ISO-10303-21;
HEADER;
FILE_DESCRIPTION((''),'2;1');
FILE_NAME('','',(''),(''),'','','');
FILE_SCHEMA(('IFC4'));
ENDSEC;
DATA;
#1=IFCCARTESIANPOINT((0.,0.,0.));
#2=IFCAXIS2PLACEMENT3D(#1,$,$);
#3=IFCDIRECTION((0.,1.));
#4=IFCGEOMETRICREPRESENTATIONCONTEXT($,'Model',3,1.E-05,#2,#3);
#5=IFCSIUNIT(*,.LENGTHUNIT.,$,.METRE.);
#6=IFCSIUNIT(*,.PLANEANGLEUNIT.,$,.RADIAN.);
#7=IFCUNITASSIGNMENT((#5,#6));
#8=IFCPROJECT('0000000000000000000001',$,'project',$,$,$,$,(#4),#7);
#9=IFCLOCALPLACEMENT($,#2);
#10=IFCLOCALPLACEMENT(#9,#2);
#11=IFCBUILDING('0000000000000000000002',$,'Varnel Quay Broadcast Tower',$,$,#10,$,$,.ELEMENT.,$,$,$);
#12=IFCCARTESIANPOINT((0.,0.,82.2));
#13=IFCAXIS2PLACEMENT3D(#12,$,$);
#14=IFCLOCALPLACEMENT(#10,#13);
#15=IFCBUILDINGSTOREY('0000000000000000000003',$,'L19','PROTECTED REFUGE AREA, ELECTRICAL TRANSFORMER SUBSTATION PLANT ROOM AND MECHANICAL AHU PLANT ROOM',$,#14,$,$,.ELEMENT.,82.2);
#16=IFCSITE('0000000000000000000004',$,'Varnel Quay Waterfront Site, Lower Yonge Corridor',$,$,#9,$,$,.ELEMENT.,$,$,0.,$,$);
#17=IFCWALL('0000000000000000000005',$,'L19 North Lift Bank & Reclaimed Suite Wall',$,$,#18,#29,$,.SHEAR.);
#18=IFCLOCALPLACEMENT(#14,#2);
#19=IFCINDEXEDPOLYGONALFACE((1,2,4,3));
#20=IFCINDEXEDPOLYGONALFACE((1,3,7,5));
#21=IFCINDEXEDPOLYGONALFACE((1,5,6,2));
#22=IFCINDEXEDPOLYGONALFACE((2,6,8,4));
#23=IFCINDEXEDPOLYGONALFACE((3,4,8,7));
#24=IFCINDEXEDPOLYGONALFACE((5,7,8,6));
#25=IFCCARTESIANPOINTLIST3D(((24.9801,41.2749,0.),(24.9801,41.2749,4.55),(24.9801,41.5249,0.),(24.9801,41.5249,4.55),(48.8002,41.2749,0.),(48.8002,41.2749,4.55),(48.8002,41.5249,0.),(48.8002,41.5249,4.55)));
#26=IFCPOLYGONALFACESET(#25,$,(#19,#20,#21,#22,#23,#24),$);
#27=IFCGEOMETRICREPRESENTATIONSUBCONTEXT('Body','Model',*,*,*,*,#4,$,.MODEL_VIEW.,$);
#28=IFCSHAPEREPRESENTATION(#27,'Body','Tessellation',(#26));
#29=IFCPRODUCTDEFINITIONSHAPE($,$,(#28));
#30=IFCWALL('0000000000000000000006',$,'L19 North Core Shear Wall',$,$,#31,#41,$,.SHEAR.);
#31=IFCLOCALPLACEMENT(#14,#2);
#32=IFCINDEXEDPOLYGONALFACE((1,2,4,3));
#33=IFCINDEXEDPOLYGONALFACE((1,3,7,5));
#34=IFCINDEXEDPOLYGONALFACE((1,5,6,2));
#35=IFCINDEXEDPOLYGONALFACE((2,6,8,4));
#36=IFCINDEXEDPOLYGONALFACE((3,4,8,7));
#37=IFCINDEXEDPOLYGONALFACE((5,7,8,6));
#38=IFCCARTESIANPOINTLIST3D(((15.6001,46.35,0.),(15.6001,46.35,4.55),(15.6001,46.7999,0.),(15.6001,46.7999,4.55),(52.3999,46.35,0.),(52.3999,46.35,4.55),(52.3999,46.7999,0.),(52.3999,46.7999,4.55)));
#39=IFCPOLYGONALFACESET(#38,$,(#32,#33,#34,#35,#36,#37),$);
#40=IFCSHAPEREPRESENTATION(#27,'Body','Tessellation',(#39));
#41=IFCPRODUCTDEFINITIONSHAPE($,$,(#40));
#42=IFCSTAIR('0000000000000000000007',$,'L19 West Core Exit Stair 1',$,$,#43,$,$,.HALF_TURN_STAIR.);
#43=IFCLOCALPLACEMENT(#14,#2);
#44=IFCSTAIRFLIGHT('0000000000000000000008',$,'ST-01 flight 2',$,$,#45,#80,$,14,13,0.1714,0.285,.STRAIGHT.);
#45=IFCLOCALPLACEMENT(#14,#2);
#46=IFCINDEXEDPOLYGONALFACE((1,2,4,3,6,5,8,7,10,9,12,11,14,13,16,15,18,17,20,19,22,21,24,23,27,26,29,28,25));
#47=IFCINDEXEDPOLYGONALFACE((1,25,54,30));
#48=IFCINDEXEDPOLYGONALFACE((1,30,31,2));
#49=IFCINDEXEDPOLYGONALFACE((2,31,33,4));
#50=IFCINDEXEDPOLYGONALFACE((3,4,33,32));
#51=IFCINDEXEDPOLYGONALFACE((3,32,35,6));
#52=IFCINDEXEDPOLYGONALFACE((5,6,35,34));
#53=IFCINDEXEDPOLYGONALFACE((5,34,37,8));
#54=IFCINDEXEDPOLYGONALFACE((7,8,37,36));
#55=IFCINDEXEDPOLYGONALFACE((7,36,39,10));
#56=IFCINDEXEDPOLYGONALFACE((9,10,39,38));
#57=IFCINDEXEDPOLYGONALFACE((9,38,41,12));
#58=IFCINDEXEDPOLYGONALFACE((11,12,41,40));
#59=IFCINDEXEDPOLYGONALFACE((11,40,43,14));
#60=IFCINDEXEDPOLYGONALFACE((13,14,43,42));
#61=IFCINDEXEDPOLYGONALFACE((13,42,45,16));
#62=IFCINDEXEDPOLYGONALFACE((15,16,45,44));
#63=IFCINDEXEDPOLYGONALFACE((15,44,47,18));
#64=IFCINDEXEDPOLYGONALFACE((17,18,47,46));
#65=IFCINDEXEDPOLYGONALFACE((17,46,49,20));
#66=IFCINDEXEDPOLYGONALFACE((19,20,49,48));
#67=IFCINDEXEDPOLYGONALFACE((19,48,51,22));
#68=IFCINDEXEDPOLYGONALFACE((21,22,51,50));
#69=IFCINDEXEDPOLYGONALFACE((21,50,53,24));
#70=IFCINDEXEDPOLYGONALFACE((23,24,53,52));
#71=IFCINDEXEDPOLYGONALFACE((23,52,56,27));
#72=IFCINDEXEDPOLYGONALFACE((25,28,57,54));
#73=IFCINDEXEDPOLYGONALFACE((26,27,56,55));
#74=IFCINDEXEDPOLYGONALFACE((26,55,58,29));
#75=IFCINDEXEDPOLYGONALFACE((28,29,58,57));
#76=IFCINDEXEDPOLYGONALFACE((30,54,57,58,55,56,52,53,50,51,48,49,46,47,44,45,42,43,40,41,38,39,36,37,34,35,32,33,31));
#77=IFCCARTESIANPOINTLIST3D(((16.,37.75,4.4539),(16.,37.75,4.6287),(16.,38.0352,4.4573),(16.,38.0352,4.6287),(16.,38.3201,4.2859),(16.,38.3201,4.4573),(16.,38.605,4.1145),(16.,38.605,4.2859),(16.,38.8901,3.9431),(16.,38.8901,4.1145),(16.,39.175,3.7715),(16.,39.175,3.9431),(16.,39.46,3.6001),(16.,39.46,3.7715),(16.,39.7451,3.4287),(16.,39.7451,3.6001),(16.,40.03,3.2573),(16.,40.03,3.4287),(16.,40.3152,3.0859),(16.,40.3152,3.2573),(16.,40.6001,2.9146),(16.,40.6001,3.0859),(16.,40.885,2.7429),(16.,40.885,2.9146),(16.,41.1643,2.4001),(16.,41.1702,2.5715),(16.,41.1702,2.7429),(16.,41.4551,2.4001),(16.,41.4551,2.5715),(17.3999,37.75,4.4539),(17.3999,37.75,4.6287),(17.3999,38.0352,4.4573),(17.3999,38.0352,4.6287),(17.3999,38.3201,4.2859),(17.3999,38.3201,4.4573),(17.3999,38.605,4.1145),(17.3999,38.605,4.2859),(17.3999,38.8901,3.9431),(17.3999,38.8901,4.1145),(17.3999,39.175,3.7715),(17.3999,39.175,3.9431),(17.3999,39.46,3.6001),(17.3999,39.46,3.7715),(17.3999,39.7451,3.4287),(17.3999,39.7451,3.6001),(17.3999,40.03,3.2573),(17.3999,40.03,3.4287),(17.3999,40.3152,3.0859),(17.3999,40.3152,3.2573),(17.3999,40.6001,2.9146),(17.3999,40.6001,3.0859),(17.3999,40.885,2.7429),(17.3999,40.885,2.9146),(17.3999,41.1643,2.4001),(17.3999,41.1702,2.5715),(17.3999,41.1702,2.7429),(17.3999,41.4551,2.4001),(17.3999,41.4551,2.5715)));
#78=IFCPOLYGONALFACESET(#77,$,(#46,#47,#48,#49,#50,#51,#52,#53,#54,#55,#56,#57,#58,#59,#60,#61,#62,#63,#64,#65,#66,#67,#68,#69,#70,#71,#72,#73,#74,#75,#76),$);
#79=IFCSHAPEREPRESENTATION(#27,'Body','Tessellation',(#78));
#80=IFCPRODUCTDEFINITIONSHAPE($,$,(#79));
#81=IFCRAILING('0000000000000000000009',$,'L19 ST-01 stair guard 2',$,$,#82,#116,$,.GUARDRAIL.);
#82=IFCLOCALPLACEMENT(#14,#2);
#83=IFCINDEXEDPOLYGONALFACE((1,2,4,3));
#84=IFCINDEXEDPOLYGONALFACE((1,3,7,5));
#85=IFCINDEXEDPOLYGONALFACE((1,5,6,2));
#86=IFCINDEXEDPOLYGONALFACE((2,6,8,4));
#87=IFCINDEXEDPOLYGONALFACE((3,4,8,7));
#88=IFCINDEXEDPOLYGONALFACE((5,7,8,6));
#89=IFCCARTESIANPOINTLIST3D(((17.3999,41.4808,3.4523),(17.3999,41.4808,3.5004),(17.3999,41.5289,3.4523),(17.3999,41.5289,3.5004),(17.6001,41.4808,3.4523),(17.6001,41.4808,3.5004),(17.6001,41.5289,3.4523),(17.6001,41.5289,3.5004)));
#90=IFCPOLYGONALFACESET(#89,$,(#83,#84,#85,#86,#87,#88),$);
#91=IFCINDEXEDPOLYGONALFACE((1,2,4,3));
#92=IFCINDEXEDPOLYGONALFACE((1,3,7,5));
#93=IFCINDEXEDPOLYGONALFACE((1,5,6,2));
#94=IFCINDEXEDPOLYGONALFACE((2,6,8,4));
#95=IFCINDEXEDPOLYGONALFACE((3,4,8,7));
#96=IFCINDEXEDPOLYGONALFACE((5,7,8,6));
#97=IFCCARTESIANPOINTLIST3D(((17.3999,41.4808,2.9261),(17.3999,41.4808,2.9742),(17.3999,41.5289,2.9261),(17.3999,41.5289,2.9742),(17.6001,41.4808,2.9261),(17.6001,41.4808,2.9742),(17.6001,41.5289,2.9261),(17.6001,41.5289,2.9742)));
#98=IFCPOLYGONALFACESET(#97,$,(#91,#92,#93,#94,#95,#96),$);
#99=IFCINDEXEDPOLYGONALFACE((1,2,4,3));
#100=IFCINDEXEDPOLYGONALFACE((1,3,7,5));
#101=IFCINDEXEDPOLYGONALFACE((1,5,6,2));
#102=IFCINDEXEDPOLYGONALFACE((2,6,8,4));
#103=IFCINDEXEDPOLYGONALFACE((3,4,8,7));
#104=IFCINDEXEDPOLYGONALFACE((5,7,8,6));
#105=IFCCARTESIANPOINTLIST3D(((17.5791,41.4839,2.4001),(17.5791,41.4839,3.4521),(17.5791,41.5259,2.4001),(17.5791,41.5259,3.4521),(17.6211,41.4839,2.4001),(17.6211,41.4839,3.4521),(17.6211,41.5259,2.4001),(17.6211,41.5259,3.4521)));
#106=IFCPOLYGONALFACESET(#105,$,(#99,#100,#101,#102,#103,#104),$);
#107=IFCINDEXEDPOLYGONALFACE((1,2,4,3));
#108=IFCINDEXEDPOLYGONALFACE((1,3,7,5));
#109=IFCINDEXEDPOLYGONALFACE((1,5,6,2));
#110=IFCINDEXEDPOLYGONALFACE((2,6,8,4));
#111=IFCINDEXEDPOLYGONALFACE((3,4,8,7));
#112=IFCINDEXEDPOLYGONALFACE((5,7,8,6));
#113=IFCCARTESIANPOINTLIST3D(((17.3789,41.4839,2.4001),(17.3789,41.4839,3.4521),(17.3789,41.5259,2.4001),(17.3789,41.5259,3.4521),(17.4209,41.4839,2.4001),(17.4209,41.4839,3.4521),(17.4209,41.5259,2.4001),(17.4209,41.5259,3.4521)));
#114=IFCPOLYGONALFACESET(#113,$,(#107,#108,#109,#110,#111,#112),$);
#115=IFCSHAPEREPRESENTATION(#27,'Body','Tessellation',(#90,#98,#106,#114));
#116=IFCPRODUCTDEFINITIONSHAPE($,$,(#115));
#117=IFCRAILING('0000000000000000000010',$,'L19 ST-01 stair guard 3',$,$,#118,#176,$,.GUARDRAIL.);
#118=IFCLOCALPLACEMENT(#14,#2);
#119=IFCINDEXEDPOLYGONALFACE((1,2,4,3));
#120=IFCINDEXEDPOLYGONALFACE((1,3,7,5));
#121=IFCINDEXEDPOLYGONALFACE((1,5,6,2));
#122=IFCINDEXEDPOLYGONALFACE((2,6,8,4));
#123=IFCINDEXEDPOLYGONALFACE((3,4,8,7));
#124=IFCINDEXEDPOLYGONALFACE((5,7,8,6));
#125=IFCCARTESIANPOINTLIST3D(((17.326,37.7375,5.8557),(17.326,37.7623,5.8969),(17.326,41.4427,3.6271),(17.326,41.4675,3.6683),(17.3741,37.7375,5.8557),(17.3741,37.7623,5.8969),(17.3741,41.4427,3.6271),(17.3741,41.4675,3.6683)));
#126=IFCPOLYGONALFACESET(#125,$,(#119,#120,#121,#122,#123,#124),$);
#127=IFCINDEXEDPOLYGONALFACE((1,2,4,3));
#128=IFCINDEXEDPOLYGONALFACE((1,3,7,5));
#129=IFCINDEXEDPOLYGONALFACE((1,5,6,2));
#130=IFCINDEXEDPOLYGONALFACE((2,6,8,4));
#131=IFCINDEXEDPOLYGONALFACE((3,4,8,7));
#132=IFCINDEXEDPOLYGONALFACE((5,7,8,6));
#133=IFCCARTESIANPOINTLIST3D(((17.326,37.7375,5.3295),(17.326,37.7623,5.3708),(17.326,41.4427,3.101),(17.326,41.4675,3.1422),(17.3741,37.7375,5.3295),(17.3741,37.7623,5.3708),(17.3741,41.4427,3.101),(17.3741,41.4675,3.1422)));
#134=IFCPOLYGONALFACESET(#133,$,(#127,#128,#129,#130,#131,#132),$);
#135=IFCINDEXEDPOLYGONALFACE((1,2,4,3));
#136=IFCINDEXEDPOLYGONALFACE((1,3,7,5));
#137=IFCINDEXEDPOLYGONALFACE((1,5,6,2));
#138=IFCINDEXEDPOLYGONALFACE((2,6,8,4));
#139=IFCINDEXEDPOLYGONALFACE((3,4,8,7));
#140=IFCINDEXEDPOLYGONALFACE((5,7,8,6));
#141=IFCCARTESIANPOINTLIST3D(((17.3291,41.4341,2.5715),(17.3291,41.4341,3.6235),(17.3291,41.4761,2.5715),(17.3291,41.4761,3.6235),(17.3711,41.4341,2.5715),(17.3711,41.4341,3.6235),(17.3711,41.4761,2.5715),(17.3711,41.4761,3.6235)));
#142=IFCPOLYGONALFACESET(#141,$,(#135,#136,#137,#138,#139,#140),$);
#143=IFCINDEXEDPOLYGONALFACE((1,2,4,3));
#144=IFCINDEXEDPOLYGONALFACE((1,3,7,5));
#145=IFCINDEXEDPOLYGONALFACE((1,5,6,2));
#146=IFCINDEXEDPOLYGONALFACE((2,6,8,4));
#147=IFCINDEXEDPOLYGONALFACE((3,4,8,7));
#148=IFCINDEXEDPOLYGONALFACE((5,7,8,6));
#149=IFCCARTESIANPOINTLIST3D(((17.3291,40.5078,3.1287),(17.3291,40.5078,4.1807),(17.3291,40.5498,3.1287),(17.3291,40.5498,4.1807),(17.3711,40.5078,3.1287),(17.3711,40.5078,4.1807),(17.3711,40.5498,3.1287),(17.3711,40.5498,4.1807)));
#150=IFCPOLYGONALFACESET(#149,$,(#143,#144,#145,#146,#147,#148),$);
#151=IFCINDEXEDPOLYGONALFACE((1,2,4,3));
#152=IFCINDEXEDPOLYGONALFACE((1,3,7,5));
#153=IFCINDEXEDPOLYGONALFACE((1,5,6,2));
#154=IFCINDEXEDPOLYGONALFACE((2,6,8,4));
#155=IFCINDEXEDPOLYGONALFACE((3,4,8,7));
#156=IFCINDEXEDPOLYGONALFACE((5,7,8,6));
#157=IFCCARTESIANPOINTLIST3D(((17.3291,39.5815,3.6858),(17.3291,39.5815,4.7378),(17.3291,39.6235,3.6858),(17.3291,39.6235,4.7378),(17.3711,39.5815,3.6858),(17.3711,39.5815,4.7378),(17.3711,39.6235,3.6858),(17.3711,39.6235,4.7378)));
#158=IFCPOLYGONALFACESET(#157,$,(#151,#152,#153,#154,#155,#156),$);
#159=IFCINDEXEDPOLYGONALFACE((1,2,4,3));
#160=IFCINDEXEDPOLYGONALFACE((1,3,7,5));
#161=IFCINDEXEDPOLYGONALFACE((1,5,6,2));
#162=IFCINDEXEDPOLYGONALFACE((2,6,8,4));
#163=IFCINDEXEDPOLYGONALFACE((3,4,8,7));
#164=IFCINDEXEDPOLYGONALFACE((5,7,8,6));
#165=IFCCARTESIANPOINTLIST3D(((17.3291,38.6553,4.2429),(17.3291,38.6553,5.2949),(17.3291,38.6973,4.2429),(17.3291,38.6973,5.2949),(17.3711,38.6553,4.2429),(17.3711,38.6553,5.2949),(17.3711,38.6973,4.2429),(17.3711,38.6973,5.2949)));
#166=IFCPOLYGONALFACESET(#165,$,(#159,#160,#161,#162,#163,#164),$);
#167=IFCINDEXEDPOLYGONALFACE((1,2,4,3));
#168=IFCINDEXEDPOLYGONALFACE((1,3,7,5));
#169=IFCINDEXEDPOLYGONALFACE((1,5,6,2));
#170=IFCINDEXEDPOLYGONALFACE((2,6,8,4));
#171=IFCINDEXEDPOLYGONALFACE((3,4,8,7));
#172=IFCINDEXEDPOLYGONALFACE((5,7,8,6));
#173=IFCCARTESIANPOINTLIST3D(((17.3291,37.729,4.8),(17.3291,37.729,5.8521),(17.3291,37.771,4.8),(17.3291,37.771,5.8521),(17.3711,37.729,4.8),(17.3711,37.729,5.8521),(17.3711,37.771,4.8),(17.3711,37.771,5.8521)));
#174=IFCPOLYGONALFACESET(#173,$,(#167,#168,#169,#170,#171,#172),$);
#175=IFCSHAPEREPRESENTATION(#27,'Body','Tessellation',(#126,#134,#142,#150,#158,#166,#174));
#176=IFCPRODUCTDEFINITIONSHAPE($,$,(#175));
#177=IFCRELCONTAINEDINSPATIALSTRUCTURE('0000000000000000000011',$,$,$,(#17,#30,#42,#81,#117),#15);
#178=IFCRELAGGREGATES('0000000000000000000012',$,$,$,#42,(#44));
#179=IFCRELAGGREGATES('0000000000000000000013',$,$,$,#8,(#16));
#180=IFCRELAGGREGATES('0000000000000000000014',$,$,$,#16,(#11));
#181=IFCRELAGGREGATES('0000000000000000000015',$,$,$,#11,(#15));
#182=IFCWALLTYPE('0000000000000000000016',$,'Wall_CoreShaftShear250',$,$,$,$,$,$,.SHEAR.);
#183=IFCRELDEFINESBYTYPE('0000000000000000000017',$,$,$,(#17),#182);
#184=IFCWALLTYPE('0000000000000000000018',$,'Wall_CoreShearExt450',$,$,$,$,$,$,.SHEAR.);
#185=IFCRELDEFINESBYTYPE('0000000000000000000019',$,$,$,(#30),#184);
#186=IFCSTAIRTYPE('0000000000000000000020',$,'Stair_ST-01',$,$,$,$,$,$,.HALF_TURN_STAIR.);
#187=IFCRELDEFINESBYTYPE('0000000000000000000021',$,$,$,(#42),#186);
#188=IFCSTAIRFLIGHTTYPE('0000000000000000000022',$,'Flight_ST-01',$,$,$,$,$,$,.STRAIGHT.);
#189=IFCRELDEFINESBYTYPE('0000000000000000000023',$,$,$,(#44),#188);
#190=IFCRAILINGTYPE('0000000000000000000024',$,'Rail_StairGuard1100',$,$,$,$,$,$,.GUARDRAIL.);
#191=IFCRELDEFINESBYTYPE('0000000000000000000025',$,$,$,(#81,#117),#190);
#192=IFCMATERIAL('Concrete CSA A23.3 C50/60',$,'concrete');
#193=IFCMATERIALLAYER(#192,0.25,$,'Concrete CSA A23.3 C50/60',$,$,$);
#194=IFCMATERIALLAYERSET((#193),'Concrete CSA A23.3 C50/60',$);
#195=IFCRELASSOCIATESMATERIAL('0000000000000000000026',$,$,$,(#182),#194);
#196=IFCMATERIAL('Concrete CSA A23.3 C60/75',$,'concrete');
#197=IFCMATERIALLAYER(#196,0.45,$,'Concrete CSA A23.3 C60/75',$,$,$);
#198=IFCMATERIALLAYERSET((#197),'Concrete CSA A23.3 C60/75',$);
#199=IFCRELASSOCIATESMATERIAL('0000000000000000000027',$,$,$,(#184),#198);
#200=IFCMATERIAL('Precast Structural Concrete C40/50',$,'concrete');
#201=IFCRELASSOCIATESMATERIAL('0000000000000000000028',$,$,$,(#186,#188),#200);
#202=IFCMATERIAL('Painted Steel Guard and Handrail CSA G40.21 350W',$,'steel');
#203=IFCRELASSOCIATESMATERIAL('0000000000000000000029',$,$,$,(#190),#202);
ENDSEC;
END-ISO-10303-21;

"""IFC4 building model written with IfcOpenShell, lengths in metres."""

from ifc_helpers import new_model, si_unit, direction, frame, frame_2d, origin, origin_2d, place, context, subcontext, project, spatial, polyline, rectangle, outline, extrude, material, layer, layer_set, type_object, element, aggregate, save


model = new_model("IFC4")

# Units and contexts
model_context = context("Model", 3, precision=1e-05, world=origin(), true_north=direction((0.0, 1.0)))
body_context = subcontext(model_context, "Body", "Model", "MODEL_VIEW")
ifc_project = project(units=[si_unit("LENGTHUNIT", "METRE"), si_unit("PLANEANGLEUNIT", "RADIAN")], contexts=[model_context])

# Site, building, storey
site_placement = place(None, origin())
site = spatial("IfcSite", under=ifc_project, at=site_placement, Name="Varnel Quay Waterfront Site, Lower Yonge Corridor", CompositionType="ELEMENT", RefElevation=0.0)
building_placement = place(site_placement, origin())
building = spatial("IfcBuilding", under=site, at=building_placement, Name="Varnel Quay Broadcast Tower", CompositionType="ELEMENT")
storey_placement = place(building_placement, frame((0.0, 0.0, 82.2)))
storey = spatial("IfcBuildingStorey", under=building, at=storey_placement, Name="L19", Description="PROTECTED REFUGE AREA, ELECTRICAL TRANSFORMER SUBSTATION PLANT ROOM AND MECHANICAL AHU PLANT ROOM", CompositionType="ELEMENT", Elevation=82.2)

# Walls
ifc_material_1 = material(Name="Concrete CSA A23.3 C50/60", Category="concrete")
ifc_layer_1 = layer(ifc_material_1, 0.25, Name="Concrete CSA A23.3 C50/60")
ifc_layer_set_1 = layer_set([ifc_layer_1], Name="Concrete CSA A23.3 C50/60")
wall_type_1 = type_object("IfcWallType", Name="Wall_CoreShaftShear250", PredefinedType="SHEAR", material=ifc_layer_set_1)
wall_1_placement = place(storey_placement, frame((24.98, 41.3999, 0.0), z_axis=(0.0, 0.0, 1.0), x_axis=(1.0, 0.0, 0.0)))
element("IfcWall", 1, at=wall_1_placement, inside=storey, type_object=wall_type_1, Name="L19 North Lift Bank & Reclaimed Suite Wall", PredefinedType="SHEAR", context=body_context, shape_type="SweptSolid", body=[
    extrude(rectangle(XDim=23.8201, YDim=0.25, at=frame_2d((11.9102, 0.0))), origin(), (0.0, 0.0, 1.0), 4.55),
])
ifc_material_2 = material(Name="Concrete CSA A23.3 C60/75", Category="concrete")
ifc_layer_2 = layer(ifc_material_2, 0.45, Name="Concrete CSA A23.3 C60/75")
ifc_layer_set_2 = layer_set([ifc_layer_2], Name="Concrete CSA A23.3 C60/75")
wall_type_2 = type_object("IfcWallType", Name="Wall_CoreShearExt450", PredefinedType="SHEAR", material=ifc_layer_set_2)
wall_2_placement = place(storey_placement, frame((15.6001, 46.575, 0.0), z_axis=(0.0, 0.0, 1.0), x_axis=(1.0, 0.0, 0.0)))
element("IfcWall", 2, at=wall_2_placement, inside=storey, type_object=wall_type_2, Name="L19 North Core Shear Wall", PredefinedType="SHEAR", context=body_context, shape_type="SweptSolid", body=[
    extrude(rectangle(XDim=36.7998, YDim=0.45, at=frame_2d((18.3999, 0.0))), origin(), (0.0, 0.0, 1.0), 4.55),
])

# Stair, stair flight
ifc_material_3 = material(Name="Precast Structural Concrete C40/50", Category="concrete")
stair_type = type_object("IfcStairType", Name="Stair_ST-01", PredefinedType="HALF_TURN_STAIR", material=ifc_material_3)
stair_placement = place(storey_placement, origin())
stair = element("IfcStair", 3, at=stair_placement, inside=storey, type_object=stair_type, Name="L19 West Core Exit Stair 1", PredefinedType="HALF_TURN_STAIR")
stair_flight_type = type_object("IfcStairFlightType", Name="Flight_ST-01", PredefinedType="STRAIGHT", material=ifc_material_3)
stair_flight_placement = place(storey_placement, frame((16.7, 41.4551, 2.4001), z_axis=(0.0, 0.0, 1.0), x_axis=(0.0, -1.0, 0.0)))
stair_flight = element("IfcStairFlight", 4, at=stair_flight_placement, type_object=stair_flight_type, Name="ST-01 flight 2", NumberOfRisers=14, NumberOfTreads=13, PredefinedType="STRAIGHT", RiserHeight=0.1714, TreadLength=0.285, context=body_context, shape_type="SweptSolid", body=[
    extrude(outline(polyline([(0.0, 0.0), (0.0, 0.1714), (0.2849, 0.1714), (0.2849, 0.3428), (0.5701, 0.3428), (0.5701, 0.5144), (0.855, 0.5144), (0.855, 0.6858), (1.1399, 0.6858), (1.1399, 0.8572), (1.425, 0.8572), (1.425, 1.0286), (1.71, 1.0286), (1.71, 1.2), (1.9951, 1.2), (1.9951, 1.3713), (2.28, 1.3713), (2.28, 1.543), (2.5649, 1.543), (2.5649, 1.7144), (2.8501, 1.7144), (2.8501, 1.8857), (3.135, 1.8857), (3.135, 2.0571), (3.4199, 2.0571), (3.4199, 2.2285), (3.7051, 2.2285), (3.7051, 2.3999), (3.7051, 2.0537), (0.2908, 0.0), (0.0, 0.0)])), frame((0.0, 0.7, 0.0), z_axis=(0.0, -1.0, 0.0), x_axis=(1.0, 0.0, 0.0)), (0.0, 0.0, 1.0), 1.3999),
])
aggregate(stair, [stair_flight])

# Railings
ifc_material_4 = material(Name="Painted Steel Guard and Handrail CSA G40.21 350W", Category="steel")
railing_type_1 = type_object("IfcRailingType", Name="Rail_StairGuard1100", PredefinedType="GUARDRAIL", material=ifc_material_4)
railing_1_placement = place(storey_placement, frame((17.6001, 41.5049, 2.4001)))
element("IfcRailing", 5, at=railing_1_placement, inside=storey, type_object=railing_type_1, Name="L19 ST-01 stair guard 2", PredefinedType="GUARDRAIL", context=body_context, shape_type="SweptSolid", body=[
    extrude(rectangle(XDim=0.0481, YDim=0.0481, at=origin_2d()), frame((0.0, 0.0, 1.0762), z_axis=(-1.0, 0.0, 0.0), x_axis=(0.0, -1.0, 0.0)), (0.0, 0.0, 1.0), 0.2002),
    extrude(rectangle(XDim=0.0481, YDim=0.0481, at=origin_2d()), frame((0.0, 0.0, 0.55), z_axis=(-1.0, 0.0, 0.0), x_axis=(0.0, -1.0, 0.0)), (0.0, 0.0, 1.0), 0.2002),
    extrude(rectangle(XDim=0.042, YDim=0.042, at=origin_2d()), origin(), (0.0, 0.0, 1.0), 1.052),
    extrude(rectangle(XDim=0.042, YDim=0.042, at=origin_2d()), frame((-0.2002, 0.0, 0.0)), (0.0, 0.0, 1.0), 1.052),
])
railing_2_placement = place(storey_placement, frame((17.3501, 41.4551, 2.5715)))
element("IfcRailing", 6, at=railing_2_placement, inside=storey, type_object=railing_type_1, Name="L19 ST-01 stair guard 3", PredefinedType="GUARDRAIL", context=body_context, shape_type="SweptSolid", body=[
    extrude(rectangle(XDim=0.0481, YDim=0.0481, at=origin_2d()), frame((0.0, 0.0, 1.0762), z_axis=(0.0, -0.856934, 0.515425), x_axis=(1.0, 0.0, 0.0)), (0.0, 0.0, 1.0), 4.3237),
    extrude(rectangle(XDim=0.0481, YDim=0.0481, at=origin_2d()), frame((0.0, 0.0, 0.55), z_axis=(0.0, -0.856934, 0.515425), x_axis=(1.0, 0.0, 0.0)), (0.0, 0.0, 1.0), 4.3237),
    extrude(rectangle(XDim=0.042, YDim=0.042, at=origin_2d()), origin(), (0.0, 0.0, 1.0), 1.052),
    extrude(rectangle(XDim=0.042, YDim=0.042, at=origin_2d()), frame((0.0, -0.9263, 0.5571)), (0.0, 0.0, 1.0), 1.052),
    extrude(rectangle(XDim=0.042, YDim=0.042, at=origin_2d()), frame((0.0, -1.8525, 1.1143)), (0.0, 0.0, 1.0), 1.052),
    extrude(rectangle(XDim=0.042, YDim=0.042, at=origin_2d()), frame((0.0, -2.7788, 1.6714)), (0.0, 0.0, 1.0), 1.052),
    extrude(rectangle(XDim=0.042, YDim=0.042, at=origin_2d()), frame((0.0, -3.7051, 2.2285)), (0.0, 0.0, 1.0), 1.052),
])

save(model, "model.ifc")
